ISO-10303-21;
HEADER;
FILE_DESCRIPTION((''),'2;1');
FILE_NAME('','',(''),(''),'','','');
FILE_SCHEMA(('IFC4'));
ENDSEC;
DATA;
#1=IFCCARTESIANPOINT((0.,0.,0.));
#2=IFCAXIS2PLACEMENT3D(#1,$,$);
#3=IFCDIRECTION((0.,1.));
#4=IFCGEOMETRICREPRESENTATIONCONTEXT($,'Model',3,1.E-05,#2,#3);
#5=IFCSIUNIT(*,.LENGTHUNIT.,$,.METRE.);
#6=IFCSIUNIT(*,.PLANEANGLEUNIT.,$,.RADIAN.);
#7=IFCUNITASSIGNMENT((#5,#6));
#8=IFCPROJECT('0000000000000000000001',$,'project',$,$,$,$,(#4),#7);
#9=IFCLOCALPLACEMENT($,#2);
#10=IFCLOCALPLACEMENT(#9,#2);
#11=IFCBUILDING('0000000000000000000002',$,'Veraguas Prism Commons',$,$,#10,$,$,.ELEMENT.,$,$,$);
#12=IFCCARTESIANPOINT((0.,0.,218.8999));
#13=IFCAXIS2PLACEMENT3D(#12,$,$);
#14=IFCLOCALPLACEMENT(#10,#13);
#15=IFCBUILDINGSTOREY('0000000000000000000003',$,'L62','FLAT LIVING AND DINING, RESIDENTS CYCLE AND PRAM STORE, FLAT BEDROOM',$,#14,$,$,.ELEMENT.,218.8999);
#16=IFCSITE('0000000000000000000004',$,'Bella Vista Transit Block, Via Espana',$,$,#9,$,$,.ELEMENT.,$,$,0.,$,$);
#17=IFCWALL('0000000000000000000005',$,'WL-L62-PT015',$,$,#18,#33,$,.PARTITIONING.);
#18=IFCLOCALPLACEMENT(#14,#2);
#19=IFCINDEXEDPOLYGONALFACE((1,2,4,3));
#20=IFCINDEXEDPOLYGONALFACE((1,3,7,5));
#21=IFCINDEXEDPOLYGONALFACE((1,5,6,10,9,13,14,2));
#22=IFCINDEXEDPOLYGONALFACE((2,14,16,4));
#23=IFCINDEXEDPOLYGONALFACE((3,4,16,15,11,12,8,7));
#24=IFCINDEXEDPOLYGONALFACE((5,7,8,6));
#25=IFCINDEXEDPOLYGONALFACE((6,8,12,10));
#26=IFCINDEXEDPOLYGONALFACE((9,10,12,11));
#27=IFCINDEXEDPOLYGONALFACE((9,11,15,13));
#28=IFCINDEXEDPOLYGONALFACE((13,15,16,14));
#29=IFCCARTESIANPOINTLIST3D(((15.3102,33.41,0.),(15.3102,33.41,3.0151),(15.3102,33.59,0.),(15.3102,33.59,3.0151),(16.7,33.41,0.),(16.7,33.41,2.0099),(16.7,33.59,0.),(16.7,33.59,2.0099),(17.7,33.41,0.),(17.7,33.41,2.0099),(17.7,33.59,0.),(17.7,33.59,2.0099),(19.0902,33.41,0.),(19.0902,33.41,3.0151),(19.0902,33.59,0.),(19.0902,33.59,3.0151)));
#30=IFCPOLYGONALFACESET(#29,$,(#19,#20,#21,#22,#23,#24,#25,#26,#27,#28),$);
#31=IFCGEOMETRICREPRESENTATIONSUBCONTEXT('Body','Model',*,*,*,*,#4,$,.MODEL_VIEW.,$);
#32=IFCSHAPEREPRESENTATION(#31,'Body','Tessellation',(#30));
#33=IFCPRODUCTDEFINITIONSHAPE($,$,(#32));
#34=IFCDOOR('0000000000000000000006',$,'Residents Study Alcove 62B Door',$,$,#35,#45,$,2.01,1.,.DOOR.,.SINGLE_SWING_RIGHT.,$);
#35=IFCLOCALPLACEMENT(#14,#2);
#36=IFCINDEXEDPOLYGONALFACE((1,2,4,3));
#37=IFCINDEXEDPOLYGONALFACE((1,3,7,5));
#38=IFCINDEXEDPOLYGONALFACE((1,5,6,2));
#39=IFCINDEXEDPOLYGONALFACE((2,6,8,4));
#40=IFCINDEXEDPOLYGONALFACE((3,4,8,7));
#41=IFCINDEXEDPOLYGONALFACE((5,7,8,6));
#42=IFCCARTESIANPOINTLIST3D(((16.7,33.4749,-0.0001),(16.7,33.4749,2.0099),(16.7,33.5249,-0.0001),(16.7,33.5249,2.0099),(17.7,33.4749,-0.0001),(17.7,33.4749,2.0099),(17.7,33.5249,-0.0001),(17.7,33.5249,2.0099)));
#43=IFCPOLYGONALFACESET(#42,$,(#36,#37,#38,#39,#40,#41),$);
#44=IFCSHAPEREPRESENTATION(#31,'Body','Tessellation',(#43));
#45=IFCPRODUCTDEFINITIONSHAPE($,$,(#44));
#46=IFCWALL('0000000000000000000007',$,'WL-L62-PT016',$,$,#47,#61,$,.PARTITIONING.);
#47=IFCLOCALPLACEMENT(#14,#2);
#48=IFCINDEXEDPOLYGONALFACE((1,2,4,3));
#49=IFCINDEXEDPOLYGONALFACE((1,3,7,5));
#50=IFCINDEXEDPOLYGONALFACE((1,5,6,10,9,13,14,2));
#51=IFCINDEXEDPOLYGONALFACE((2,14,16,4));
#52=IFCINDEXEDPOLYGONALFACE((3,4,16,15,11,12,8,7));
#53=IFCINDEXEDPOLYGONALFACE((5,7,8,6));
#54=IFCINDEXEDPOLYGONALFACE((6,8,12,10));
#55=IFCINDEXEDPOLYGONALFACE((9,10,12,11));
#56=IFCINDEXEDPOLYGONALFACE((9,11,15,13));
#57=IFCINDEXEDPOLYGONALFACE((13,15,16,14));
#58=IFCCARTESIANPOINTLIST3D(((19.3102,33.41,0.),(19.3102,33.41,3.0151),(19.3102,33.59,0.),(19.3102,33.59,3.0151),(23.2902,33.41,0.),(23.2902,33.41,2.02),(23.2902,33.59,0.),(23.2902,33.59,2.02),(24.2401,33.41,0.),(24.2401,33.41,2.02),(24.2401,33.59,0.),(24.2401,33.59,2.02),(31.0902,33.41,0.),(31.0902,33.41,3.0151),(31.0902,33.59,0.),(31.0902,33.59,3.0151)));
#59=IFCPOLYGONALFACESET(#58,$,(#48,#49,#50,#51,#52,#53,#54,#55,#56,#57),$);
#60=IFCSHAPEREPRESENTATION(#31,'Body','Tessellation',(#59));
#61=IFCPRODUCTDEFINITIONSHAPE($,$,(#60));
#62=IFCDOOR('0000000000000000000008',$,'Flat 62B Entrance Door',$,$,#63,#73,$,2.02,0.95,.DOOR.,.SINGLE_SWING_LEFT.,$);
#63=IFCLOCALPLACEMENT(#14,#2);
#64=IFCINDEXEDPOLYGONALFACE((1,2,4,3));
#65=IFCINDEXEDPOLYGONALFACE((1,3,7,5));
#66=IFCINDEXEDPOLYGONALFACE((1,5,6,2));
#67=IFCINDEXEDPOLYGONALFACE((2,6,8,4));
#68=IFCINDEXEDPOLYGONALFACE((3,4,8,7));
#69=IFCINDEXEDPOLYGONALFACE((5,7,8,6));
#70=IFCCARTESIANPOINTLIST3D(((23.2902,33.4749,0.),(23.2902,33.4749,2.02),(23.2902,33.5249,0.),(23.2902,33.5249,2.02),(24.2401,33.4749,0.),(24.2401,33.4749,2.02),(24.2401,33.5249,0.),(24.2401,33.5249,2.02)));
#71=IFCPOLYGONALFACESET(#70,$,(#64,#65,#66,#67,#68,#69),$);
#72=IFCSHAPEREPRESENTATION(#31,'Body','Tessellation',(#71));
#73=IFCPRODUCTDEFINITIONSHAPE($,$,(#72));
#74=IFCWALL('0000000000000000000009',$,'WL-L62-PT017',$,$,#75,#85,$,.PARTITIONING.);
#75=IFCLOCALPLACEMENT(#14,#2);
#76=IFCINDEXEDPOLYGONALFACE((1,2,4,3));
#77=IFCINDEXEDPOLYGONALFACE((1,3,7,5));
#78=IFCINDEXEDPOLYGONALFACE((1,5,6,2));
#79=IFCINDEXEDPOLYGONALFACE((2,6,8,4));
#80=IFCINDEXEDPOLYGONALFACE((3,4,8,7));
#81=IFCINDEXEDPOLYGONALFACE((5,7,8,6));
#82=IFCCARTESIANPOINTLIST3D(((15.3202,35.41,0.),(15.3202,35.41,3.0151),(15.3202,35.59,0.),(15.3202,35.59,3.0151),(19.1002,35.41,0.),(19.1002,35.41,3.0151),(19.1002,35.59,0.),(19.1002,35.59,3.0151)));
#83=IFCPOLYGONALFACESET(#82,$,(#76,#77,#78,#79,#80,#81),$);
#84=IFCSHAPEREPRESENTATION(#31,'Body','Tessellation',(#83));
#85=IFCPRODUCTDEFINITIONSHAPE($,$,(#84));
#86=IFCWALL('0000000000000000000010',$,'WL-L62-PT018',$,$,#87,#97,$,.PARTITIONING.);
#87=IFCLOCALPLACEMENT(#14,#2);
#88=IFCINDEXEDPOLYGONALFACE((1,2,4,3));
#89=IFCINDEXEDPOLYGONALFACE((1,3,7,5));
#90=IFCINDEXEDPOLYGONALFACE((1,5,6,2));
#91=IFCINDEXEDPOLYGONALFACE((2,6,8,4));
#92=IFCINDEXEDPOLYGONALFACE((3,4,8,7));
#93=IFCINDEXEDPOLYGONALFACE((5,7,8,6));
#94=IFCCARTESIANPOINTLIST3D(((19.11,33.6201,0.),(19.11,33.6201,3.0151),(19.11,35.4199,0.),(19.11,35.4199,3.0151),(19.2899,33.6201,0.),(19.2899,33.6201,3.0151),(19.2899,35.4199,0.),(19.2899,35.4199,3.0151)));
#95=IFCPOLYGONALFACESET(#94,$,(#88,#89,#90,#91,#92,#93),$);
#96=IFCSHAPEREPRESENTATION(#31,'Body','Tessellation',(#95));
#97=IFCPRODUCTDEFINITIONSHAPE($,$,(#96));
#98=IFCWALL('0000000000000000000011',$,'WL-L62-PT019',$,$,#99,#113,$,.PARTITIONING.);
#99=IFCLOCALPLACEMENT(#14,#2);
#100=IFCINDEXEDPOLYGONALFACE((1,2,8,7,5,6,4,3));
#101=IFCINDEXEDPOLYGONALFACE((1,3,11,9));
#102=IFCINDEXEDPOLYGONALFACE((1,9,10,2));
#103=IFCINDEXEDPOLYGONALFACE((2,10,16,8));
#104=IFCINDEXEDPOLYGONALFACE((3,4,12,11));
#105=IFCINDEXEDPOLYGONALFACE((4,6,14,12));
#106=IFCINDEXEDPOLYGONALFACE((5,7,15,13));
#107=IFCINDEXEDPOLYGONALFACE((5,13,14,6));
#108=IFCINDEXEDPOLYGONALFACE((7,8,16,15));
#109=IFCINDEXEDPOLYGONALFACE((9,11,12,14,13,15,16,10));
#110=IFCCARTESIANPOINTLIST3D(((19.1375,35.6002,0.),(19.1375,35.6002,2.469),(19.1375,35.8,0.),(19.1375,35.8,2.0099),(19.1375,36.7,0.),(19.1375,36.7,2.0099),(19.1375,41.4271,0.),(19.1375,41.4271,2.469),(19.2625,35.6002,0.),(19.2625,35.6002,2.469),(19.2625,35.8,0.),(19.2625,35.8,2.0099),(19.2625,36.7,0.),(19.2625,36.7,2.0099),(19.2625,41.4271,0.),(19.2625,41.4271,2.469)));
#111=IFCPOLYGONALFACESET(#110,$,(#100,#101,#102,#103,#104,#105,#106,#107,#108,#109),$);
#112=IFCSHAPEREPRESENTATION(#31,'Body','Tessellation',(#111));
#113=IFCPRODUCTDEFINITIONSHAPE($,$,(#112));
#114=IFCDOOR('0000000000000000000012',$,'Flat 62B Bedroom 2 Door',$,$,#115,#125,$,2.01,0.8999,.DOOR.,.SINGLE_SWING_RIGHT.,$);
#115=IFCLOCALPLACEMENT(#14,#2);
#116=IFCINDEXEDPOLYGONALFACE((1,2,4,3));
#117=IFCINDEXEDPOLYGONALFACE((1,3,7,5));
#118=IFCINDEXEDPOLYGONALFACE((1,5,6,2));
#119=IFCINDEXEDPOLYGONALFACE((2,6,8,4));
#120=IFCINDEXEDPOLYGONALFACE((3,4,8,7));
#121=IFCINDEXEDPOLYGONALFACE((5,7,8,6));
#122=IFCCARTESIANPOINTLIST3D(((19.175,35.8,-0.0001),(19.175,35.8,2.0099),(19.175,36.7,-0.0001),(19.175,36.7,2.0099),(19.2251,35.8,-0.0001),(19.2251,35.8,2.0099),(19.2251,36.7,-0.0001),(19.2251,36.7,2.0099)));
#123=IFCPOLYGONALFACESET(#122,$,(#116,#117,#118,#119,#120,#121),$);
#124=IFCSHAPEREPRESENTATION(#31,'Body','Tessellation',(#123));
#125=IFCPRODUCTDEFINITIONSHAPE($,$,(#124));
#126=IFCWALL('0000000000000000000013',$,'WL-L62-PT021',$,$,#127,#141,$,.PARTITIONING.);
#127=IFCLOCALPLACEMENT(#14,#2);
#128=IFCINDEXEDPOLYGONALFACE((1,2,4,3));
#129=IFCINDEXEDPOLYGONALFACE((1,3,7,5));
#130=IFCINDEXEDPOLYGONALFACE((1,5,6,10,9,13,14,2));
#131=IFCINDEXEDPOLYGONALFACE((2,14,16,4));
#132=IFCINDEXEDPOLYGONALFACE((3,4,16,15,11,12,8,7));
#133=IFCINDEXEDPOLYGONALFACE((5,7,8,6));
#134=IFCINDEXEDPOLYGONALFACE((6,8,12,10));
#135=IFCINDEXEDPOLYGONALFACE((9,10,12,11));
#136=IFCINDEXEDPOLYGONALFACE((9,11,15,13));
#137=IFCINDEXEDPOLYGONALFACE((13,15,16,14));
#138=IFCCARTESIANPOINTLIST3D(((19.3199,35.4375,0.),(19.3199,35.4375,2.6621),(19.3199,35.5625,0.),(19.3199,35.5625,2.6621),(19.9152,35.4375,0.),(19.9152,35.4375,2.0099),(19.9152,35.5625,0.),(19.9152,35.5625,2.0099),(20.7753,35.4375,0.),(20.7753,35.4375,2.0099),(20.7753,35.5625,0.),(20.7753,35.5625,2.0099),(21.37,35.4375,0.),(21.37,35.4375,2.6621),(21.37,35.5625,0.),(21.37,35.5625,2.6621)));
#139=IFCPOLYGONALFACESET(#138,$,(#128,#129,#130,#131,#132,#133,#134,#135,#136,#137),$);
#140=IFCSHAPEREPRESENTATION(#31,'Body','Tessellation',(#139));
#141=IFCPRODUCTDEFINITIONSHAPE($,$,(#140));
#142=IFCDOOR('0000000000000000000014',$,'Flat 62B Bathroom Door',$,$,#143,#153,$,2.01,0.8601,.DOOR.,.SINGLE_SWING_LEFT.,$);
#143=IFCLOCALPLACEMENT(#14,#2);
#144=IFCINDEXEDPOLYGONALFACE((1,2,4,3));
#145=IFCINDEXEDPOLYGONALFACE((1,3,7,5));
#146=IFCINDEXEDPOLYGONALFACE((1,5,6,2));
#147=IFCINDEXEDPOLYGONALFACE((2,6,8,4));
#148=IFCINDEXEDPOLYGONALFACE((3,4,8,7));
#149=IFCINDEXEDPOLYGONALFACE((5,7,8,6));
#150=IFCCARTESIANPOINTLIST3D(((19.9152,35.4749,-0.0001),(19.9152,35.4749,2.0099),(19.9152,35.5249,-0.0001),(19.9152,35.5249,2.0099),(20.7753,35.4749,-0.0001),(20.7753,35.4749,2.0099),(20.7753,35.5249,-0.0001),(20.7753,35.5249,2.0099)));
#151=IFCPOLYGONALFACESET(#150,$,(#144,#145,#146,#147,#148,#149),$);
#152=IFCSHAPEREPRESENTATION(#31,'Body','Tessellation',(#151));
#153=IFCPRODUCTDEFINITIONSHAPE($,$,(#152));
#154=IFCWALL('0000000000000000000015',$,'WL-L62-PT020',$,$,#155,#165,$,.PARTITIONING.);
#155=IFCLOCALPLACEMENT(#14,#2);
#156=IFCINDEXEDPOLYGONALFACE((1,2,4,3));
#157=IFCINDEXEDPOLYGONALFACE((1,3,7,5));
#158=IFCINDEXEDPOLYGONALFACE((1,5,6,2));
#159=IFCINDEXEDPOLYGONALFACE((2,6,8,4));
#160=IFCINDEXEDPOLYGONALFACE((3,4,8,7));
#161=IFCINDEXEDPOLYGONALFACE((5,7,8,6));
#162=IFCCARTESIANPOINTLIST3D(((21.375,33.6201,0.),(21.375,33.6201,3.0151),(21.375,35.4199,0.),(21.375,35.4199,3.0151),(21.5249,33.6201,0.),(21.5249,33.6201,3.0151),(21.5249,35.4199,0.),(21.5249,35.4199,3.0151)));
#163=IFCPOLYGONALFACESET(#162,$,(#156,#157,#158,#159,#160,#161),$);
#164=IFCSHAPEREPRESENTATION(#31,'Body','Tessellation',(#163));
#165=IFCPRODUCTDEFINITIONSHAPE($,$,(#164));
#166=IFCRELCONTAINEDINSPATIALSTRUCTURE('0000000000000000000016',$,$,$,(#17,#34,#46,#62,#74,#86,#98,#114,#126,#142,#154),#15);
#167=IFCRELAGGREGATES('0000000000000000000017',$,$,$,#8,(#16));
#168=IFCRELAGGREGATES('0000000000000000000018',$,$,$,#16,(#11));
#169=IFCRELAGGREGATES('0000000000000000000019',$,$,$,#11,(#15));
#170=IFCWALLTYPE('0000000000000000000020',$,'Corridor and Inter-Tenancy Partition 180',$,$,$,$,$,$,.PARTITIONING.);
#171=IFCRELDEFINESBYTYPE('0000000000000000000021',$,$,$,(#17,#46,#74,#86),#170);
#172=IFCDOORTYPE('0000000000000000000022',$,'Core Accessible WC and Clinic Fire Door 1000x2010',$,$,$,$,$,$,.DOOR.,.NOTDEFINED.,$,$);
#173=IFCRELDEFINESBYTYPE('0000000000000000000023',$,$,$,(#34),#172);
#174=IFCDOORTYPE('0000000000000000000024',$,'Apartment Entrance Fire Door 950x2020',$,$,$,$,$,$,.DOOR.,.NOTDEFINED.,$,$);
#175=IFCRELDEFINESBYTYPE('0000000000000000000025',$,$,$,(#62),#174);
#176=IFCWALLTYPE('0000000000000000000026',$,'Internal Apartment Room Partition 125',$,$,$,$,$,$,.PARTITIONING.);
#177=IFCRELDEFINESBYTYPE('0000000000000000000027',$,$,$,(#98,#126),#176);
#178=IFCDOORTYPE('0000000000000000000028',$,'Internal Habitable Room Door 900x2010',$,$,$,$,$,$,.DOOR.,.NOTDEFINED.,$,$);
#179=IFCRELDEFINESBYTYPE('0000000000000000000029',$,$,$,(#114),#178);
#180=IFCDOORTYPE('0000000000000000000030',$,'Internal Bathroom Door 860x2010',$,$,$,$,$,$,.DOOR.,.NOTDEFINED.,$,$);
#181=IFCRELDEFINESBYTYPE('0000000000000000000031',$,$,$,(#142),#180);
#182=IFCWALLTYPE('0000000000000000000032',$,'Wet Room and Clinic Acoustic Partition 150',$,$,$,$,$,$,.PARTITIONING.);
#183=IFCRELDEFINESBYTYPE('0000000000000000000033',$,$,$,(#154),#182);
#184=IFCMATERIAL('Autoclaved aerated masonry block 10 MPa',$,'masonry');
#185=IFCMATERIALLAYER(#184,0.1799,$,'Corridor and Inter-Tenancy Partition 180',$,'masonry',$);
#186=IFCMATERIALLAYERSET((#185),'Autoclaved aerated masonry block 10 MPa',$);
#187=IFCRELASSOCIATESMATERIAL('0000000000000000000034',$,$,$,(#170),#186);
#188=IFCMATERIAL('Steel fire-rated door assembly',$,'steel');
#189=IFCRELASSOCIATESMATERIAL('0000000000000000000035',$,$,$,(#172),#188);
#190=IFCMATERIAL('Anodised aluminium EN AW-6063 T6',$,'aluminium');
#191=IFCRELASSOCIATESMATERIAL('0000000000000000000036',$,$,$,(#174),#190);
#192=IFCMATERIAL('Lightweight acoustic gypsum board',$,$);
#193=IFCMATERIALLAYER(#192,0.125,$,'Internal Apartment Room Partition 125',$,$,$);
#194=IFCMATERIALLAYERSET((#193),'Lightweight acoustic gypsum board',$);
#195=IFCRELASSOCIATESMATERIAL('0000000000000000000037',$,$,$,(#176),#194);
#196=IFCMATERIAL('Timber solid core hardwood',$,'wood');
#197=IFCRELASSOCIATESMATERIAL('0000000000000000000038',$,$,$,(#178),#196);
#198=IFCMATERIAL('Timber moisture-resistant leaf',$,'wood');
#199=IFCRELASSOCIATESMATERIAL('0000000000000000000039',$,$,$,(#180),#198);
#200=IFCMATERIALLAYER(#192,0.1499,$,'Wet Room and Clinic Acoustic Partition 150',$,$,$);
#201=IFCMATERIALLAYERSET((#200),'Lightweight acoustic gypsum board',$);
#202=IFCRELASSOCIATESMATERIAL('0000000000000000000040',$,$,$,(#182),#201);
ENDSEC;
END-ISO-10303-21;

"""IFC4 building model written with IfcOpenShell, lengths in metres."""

from ifc_helpers import new_model, si_unit, direction, frame, frame_2d, origin, place, context, subcontext, project, spatial, rectangle, extrude, source, transform, mapped, material, layer, layer_set, type_object, element, fill, save


model = new_model("IFC4")

# Units and contexts
model_context = context("Model", 3, precision=1e-05, world=origin(), true_north=direction((0.0, 1.0)))
body_context = subcontext(model_context, "Body", "Model", "MODEL_VIEW")
ifc_project = project(units=[si_unit("LENGTHUNIT", "METRE"), si_unit("PLANEANGLEUNIT", "RADIAN")], contexts=[model_context])

# Site, building, storey
site_placement = place(None, origin())
site = spatial("IfcSite", under=ifc_project, at=site_placement, Name="Bella Vista Transit Block, Via Espana", CompositionType="ELEMENT", RefElevation=0.0)
building_placement = place(site_placement, origin())
building = spatial("IfcBuilding", under=site, at=building_placement, Name="Veraguas Prism Commons", CompositionType="ELEMENT")
storey_placement = place(building_placement, frame((0.0, 0.0, 218.8999)))
storey = spatial("IfcBuildingStorey", under=building, at=storey_placement, Name="L62", Description="FLAT LIVING AND DINING, RESIDENTS CYCLE AND PRAM STORE, FLAT BEDROOM", CompositionType="ELEMENT", Elevation=218.8999)

# Shared definitions
ifc_material_1 = material(Name="Anodised aluminium EN AW-6063 T6", Category="aluminium")

# Walls, openings, doors
ifc_material_2 = material(Name="Autoclaved aerated masonry block 10 MPa", Category="masonry")
ifc_layer_1 = layer(ifc_material_2, 0.1799, Name="Corridor and Inter-Tenancy Partition 180", Category="masonry")
ifc_layer_set_1 = layer_set([ifc_layer_1], Name="Autoclaved aerated masonry block 10 MPa")
wall_type_1 = type_object("IfcWallType", Name="Corridor and Inter-Tenancy Partition 180", PredefinedType="PARTITIONING", material=ifc_layer_set_1)
wall_1_placement = place(storey_placement, frame((15.3101, 33.5, 0.0), z_axis=(0.0, 0.0, 1.0), x_axis=(1.0, 0.0, 0.0)))
wall_1 = element("IfcWall", 1, at=wall_1_placement, inside=storey, type_object=wall_type_1, Name="WL-L62-PT015", PredefinedType="PARTITIONING", context=body_context, shape_type="SweptSolid", body=[
    extrude(rectangle(XDim=3.78, YDim=0.1799, at=frame_2d((1.8901, 0.0))), origin(), (0.0, 0.0, 1.0), 3.0151),
])
opening_1_placement = place(wall_1_placement, frame((1.3899, 0.0, 0.0)))
opening_1 = element("IfcOpeningElement", 2, at=opening_1_placement, cuts=wall_1, PredefinedType="OPENING", context=body_context, shape_type="SweptSolid", body=[
    extrude(rectangle(XDim=1.0, YDim=2.01, at=frame_2d((0.5, 1.0049))), frame((0.0, 0.0999, 0.0), z_axis=(0.0, -1.0, 0.0), x_axis=(1.0, 0.0, 0.0)), (0.0, 0.0, 1.0), 0.2),
])
ifc_material_3 = material(Name="Steel fire-rated door assembly", Category="steel")
door_type_1 = type_object("IfcDoorType", Name="Core Accessible WC and Clinic Fire Door 1000x2010", OperationType="NOTDEFINED", PredefinedType="DOOR", material=ifc_material_3)
shared_shape_1 = source(origin(), body_context, "Body", "SweptSolid", [
    extrude(rectangle(XDim=1.0, YDim=2.01, at=frame_2d((0.5, 1.0049))), frame((0.0, 0.0249, 0.0), z_axis=(0.0, -1.0, 0.0), x_axis=(1.0, 0.0, 0.0)), (0.0, 0.0, 1.0), 0.05),
])
door_1_placement = place(opening_1_placement, origin())
door_1 = element("IfcDoor", 3, at=door_1_placement, inside=storey, type_object=door_type_1, Name="Residents Study Alcove 62B Door", OperationType="SINGLE_SWING_RIGHT", OverallHeight=2.01, OverallWidth=1.0, PredefinedType="DOOR", context=body_context, shape_type="MappedRepresentation", body=[
    mapped(shared_shape_1, transform((0.0, 0.0, 0.0), scale=1.0)),
])
fill(opening_1, door_1)
wall_2_placement = place(storey_placement, frame((19.3101, 33.5, 0.0), z_axis=(0.0, 0.0, 1.0), x_axis=(1.0, 0.0, 0.0)))
wall_2 = element("IfcWall", 4, at=wall_2_placement, inside=storey, type_object=wall_type_1, Name="WL-L62-PT016", PredefinedType="PARTITIONING", context=body_context, shape_type="SweptSolid", body=[
    extrude(rectangle(XDim=11.78, YDim=0.1799, at=frame_2d((5.8901, 0.0))), origin(), (0.0, 0.0, 1.0), 3.0151),
])
opening_2_placement = place(wall_2_placement, frame((3.98, 0.0, 0.0)))
opening_2 = element("IfcOpeningElement", 5, at=opening_2_placement, cuts=wall_2, PredefinedType="OPENING", context=body_context, shape_type="SweptSolid", body=[
    extrude(rectangle(XDim=0.95, YDim=2.02, at=frame_2d((0.4751, 1.01))), frame((0.0, 0.0999, 0.0), z_axis=(0.0, -1.0, 0.0), x_axis=(1.0, 0.0, 0.0)), (0.0, 0.0, 1.0), 0.2),
])
door_type_2 = type_object("IfcDoorType", Name="Apartment Entrance Fire Door 950x2020", OperationType="NOTDEFINED", PredefinedType="DOOR", material=ifc_material_1)
shared_shape_2 = source(origin(), body_context, "Body", "SweptSolid", [
    extrude(rectangle(XDim=0.95, YDim=2.02, at=frame_2d((0.4751, 1.01))), frame((0.0, 0.0249, 0.0), z_axis=(0.0, -1.0, 0.0), x_axis=(1.0, 0.0, 0.0)), (0.0, 0.0, 1.0), 0.05),
])
door_2_placement = place(opening_2_placement, origin())
door_2 = element("IfcDoor", 6, at=door_2_placement, inside=storey, type_object=door_type_2, Name="Flat 62B Entrance Door", OperationType="SINGLE_SWING_LEFT", OverallHeight=2.02, OverallWidth=0.95, PredefinedType="DOOR", context=body_context, shape_type="MappedRepresentation", body=[
    mapped(shared_shape_2, transform((0.0, 0.0, 0.0), scale=1.0)),
])
fill(opening_2, door_2)

# Walls
wall_3_placement = place(storey_placement, frame((15.3201, 35.5, 0.0), z_axis=(0.0, 0.0, 1.0), x_axis=(1.0, 0.0, 0.0)))
element("IfcWall", 7, at=wall_3_placement, inside=storey, type_object=wall_type_1, Name="WL-L62-PT017", PredefinedType="PARTITIONING", context=body_context, shape_type="SweptSolid", body=[
    extrude(rectangle(XDim=3.78, YDim=0.1799, at=frame_2d((1.8901, 0.0))), origin(), (0.0, 0.0, 1.0), 3.0151),
])
wall_4_placement = place(storey_placement, frame((19.2, 33.6201, 0.0), z_axis=(0.0, 0.0, 1.0), x_axis=(0.0, 1.0, 0.0)))
element("IfcWall", 8, at=wall_4_placement, inside=storey, type_object=wall_type_1, Name="WL-L62-PT018", PredefinedType="PARTITIONING", context=body_context, shape_type="SweptSolid", body=[
    extrude(rectangle(XDim=1.7998, YDim=0.1799, at=frame_2d((0.8999, 0.0))), origin(), (0.0, 0.0, 1.0), 3.0151),
])

# Walls, openings, doors
ifc_material_4 = material(Name="Lightweight acoustic gypsum board")
ifc_layer_2 = layer(ifc_material_4, 0.125, Name="Internal Apartment Room Partition 125")
ifc_layer_set_2 = layer_set([ifc_layer_2], Name="Lightweight acoustic gypsum board")
wall_type_2 = type_object("IfcWallType", Name="Internal Apartment Room Partition 125", PredefinedType="PARTITIONING", material=ifc_layer_set_2)
wall_5_placement = place(storey_placement, frame((19.2, 35.6001, 0.0), z_axis=(0.0, 0.0, 1.0), x_axis=(0.0, 1.0, 0.0)))
wall_5 = element("IfcWall", 9, at=wall_5_placement, inside=storey, type_object=wall_type_2, Name="WL-L62-PT019", PredefinedType="PARTITIONING", context=body_context, shape_type="SweptSolid", body=[
    extrude(rectangle(XDim=5.8269, YDim=0.125, at=frame_2d((2.9136, 0.0))), origin(), (0.0, 0.0, 1.0), 2.469),
])
opening_3_placement = place(wall_5_placement, frame((0.2, 0.0, 0.0)))
opening_3 = element("IfcOpeningElement", 10, at=opening_3_placement, cuts=wall_5, PredefinedType="OPENING", context=body_context, shape_type="SweptSolid", body=[
    extrude(rectangle(XDim=0.8999, YDim=2.01, at=frame_2d((0.45, 1.0049))), frame((0.0, 0.0725, 0.0), z_axis=(0.0, -1.0, 0.0), x_axis=(1.0, 0.0, 0.0)), (0.0, 0.0, 1.0), 0.145),
])
ifc_material_5 = material(Name="Timber solid core hardwood", Category="wood")
door_type_3 = type_object("IfcDoorType", Name="Internal Habitable Room Door 900x2010", OperationType="NOTDEFINED", PredefinedType="DOOR", material=ifc_material_5)
shared_shape_3 = source(origin(), body_context, "Body", "SweptSolid", [
    extrude(rectangle(XDim=0.8999, YDim=2.01, at=frame_2d((0.45, 1.0049))), frame((0.0, 0.0249, 0.0), z_axis=(0.0, -1.0, 0.0), x_axis=(1.0, 0.0, 0.0)), (0.0, 0.0, 1.0), 0.05),
])
door_3_placement = place(opening_3_placement, origin())
door_3 = element("IfcDoor", 11, at=door_3_placement, inside=storey, type_object=door_type_3, Name="Flat 62B Bedroom 2 Door", OperationType="SINGLE_SWING_RIGHT", OverallHeight=2.01, OverallWidth=0.8999, PredefinedType="DOOR", context=body_context, shape_type="MappedRepresentation", body=[
    mapped(shared_shape_3, transform((0.0, 0.0, 0.0), scale=1.0)),
])
fill(opening_3, door_3)
wall_6_placement = place(storey_placement, frame((19.3201, 35.5, 0.0), z_axis=(0.0, 0.0, 1.0), x_axis=(1.0, 0.0, 0.0)))
wall_6 = element("IfcWall", 12, at=wall_6_placement, inside=storey, type_object=wall_type_2, Name="WL-L62-PT021", PredefinedType="PARTITIONING", context=body_context, shape_type="SweptSolid", body=[
    extrude(rectangle(XDim=2.05, YDim=0.125, at=frame_2d((1.0249, 0.0))), origin(), (0.0, 0.0, 1.0), 2.6621),
])
opening_4_placement = place(wall_6_placement, frame((0.595, 0.0, 0.0)))
opening_4 = element("IfcOpeningElement", 13, at=opening_4_placement, cuts=wall_6, PredefinedType="OPENING", context=body_context, shape_type="SweptSolid", body=[
    extrude(rectangle(XDim=0.8601, YDim=2.01, at=frame_2d((0.4302, 1.0049))), frame((0.0, 0.0725, 0.0), z_axis=(0.0, -1.0, 0.0), x_axis=(1.0, 0.0, 0.0)), (0.0, 0.0, 1.0), 0.145),
])
ifc_material_6 = material(Name="Timber moisture-resistant leaf", Category="wood")
door_type_4 = type_object("IfcDoorType", Name="Internal Bathroom Door 860x2010", OperationType="NOTDEFINED", PredefinedType="DOOR", material=ifc_material_6)
shared_shape_4 = source(origin(), body_context, "Body", "SweptSolid", [
    extrude(rectangle(XDim=0.8601, YDim=2.01, at=frame_2d((0.4302, 1.0049))), frame((0.0, 0.0249, 0.0), z_axis=(0.0, -1.0, 0.0), x_axis=(1.0, 0.0, 0.0)), (0.0, 0.0, 1.0), 0.05),
])
door_4_placement = place(opening_4_placement, origin())
door_4 = element("IfcDoor", 14, at=door_4_placement, inside=storey, type_object=door_type_4, Name="Flat 62B Bathroom Door", OperationType="SINGLE_SWING_LEFT", OverallHeight=2.01, OverallWidth=0.8601, PredefinedType="DOOR", context=body_context, shape_type="MappedRepresentation", body=[
    mapped(shared_shape_4, transform((0.0, 0.0, 0.0), scale=1.0)),
])
fill(opening_4, door_4)

# Wall
ifc_layer_3 = layer(ifc_material_4, 0.1499, Name="Wet Room and Clinic Acoustic Partition 150")
ifc_layer_set_3 = layer_set([ifc_layer_3], Name="Lightweight acoustic gypsum board")
wall_type_3 = type_object("IfcWallType", Name="Wet Room and Clinic Acoustic Partition 150", PredefinedType="PARTITIONING", material=ifc_layer_set_3)
wall_7_placement = place(storey_placement, frame((21.45, 33.6201, 0.0), z_axis=(0.0, 0.0, 1.0), x_axis=(0.0, 1.0, 0.0)))
element("IfcWall", 15, at=wall_7_placement, inside=storey, type_object=wall_type_3, Name="WL-L62-PT020", PredefinedType="PARTITIONING", context=body_context, shape_type="SweptSolid", body=[
    extrude(rectangle(XDim=1.7998, YDim=0.1499, at=frame_2d((0.8999, 0.0))), origin(), (0.0, 0.0, 1.0), 3.0151),
])

save(model, "model.ifc")
